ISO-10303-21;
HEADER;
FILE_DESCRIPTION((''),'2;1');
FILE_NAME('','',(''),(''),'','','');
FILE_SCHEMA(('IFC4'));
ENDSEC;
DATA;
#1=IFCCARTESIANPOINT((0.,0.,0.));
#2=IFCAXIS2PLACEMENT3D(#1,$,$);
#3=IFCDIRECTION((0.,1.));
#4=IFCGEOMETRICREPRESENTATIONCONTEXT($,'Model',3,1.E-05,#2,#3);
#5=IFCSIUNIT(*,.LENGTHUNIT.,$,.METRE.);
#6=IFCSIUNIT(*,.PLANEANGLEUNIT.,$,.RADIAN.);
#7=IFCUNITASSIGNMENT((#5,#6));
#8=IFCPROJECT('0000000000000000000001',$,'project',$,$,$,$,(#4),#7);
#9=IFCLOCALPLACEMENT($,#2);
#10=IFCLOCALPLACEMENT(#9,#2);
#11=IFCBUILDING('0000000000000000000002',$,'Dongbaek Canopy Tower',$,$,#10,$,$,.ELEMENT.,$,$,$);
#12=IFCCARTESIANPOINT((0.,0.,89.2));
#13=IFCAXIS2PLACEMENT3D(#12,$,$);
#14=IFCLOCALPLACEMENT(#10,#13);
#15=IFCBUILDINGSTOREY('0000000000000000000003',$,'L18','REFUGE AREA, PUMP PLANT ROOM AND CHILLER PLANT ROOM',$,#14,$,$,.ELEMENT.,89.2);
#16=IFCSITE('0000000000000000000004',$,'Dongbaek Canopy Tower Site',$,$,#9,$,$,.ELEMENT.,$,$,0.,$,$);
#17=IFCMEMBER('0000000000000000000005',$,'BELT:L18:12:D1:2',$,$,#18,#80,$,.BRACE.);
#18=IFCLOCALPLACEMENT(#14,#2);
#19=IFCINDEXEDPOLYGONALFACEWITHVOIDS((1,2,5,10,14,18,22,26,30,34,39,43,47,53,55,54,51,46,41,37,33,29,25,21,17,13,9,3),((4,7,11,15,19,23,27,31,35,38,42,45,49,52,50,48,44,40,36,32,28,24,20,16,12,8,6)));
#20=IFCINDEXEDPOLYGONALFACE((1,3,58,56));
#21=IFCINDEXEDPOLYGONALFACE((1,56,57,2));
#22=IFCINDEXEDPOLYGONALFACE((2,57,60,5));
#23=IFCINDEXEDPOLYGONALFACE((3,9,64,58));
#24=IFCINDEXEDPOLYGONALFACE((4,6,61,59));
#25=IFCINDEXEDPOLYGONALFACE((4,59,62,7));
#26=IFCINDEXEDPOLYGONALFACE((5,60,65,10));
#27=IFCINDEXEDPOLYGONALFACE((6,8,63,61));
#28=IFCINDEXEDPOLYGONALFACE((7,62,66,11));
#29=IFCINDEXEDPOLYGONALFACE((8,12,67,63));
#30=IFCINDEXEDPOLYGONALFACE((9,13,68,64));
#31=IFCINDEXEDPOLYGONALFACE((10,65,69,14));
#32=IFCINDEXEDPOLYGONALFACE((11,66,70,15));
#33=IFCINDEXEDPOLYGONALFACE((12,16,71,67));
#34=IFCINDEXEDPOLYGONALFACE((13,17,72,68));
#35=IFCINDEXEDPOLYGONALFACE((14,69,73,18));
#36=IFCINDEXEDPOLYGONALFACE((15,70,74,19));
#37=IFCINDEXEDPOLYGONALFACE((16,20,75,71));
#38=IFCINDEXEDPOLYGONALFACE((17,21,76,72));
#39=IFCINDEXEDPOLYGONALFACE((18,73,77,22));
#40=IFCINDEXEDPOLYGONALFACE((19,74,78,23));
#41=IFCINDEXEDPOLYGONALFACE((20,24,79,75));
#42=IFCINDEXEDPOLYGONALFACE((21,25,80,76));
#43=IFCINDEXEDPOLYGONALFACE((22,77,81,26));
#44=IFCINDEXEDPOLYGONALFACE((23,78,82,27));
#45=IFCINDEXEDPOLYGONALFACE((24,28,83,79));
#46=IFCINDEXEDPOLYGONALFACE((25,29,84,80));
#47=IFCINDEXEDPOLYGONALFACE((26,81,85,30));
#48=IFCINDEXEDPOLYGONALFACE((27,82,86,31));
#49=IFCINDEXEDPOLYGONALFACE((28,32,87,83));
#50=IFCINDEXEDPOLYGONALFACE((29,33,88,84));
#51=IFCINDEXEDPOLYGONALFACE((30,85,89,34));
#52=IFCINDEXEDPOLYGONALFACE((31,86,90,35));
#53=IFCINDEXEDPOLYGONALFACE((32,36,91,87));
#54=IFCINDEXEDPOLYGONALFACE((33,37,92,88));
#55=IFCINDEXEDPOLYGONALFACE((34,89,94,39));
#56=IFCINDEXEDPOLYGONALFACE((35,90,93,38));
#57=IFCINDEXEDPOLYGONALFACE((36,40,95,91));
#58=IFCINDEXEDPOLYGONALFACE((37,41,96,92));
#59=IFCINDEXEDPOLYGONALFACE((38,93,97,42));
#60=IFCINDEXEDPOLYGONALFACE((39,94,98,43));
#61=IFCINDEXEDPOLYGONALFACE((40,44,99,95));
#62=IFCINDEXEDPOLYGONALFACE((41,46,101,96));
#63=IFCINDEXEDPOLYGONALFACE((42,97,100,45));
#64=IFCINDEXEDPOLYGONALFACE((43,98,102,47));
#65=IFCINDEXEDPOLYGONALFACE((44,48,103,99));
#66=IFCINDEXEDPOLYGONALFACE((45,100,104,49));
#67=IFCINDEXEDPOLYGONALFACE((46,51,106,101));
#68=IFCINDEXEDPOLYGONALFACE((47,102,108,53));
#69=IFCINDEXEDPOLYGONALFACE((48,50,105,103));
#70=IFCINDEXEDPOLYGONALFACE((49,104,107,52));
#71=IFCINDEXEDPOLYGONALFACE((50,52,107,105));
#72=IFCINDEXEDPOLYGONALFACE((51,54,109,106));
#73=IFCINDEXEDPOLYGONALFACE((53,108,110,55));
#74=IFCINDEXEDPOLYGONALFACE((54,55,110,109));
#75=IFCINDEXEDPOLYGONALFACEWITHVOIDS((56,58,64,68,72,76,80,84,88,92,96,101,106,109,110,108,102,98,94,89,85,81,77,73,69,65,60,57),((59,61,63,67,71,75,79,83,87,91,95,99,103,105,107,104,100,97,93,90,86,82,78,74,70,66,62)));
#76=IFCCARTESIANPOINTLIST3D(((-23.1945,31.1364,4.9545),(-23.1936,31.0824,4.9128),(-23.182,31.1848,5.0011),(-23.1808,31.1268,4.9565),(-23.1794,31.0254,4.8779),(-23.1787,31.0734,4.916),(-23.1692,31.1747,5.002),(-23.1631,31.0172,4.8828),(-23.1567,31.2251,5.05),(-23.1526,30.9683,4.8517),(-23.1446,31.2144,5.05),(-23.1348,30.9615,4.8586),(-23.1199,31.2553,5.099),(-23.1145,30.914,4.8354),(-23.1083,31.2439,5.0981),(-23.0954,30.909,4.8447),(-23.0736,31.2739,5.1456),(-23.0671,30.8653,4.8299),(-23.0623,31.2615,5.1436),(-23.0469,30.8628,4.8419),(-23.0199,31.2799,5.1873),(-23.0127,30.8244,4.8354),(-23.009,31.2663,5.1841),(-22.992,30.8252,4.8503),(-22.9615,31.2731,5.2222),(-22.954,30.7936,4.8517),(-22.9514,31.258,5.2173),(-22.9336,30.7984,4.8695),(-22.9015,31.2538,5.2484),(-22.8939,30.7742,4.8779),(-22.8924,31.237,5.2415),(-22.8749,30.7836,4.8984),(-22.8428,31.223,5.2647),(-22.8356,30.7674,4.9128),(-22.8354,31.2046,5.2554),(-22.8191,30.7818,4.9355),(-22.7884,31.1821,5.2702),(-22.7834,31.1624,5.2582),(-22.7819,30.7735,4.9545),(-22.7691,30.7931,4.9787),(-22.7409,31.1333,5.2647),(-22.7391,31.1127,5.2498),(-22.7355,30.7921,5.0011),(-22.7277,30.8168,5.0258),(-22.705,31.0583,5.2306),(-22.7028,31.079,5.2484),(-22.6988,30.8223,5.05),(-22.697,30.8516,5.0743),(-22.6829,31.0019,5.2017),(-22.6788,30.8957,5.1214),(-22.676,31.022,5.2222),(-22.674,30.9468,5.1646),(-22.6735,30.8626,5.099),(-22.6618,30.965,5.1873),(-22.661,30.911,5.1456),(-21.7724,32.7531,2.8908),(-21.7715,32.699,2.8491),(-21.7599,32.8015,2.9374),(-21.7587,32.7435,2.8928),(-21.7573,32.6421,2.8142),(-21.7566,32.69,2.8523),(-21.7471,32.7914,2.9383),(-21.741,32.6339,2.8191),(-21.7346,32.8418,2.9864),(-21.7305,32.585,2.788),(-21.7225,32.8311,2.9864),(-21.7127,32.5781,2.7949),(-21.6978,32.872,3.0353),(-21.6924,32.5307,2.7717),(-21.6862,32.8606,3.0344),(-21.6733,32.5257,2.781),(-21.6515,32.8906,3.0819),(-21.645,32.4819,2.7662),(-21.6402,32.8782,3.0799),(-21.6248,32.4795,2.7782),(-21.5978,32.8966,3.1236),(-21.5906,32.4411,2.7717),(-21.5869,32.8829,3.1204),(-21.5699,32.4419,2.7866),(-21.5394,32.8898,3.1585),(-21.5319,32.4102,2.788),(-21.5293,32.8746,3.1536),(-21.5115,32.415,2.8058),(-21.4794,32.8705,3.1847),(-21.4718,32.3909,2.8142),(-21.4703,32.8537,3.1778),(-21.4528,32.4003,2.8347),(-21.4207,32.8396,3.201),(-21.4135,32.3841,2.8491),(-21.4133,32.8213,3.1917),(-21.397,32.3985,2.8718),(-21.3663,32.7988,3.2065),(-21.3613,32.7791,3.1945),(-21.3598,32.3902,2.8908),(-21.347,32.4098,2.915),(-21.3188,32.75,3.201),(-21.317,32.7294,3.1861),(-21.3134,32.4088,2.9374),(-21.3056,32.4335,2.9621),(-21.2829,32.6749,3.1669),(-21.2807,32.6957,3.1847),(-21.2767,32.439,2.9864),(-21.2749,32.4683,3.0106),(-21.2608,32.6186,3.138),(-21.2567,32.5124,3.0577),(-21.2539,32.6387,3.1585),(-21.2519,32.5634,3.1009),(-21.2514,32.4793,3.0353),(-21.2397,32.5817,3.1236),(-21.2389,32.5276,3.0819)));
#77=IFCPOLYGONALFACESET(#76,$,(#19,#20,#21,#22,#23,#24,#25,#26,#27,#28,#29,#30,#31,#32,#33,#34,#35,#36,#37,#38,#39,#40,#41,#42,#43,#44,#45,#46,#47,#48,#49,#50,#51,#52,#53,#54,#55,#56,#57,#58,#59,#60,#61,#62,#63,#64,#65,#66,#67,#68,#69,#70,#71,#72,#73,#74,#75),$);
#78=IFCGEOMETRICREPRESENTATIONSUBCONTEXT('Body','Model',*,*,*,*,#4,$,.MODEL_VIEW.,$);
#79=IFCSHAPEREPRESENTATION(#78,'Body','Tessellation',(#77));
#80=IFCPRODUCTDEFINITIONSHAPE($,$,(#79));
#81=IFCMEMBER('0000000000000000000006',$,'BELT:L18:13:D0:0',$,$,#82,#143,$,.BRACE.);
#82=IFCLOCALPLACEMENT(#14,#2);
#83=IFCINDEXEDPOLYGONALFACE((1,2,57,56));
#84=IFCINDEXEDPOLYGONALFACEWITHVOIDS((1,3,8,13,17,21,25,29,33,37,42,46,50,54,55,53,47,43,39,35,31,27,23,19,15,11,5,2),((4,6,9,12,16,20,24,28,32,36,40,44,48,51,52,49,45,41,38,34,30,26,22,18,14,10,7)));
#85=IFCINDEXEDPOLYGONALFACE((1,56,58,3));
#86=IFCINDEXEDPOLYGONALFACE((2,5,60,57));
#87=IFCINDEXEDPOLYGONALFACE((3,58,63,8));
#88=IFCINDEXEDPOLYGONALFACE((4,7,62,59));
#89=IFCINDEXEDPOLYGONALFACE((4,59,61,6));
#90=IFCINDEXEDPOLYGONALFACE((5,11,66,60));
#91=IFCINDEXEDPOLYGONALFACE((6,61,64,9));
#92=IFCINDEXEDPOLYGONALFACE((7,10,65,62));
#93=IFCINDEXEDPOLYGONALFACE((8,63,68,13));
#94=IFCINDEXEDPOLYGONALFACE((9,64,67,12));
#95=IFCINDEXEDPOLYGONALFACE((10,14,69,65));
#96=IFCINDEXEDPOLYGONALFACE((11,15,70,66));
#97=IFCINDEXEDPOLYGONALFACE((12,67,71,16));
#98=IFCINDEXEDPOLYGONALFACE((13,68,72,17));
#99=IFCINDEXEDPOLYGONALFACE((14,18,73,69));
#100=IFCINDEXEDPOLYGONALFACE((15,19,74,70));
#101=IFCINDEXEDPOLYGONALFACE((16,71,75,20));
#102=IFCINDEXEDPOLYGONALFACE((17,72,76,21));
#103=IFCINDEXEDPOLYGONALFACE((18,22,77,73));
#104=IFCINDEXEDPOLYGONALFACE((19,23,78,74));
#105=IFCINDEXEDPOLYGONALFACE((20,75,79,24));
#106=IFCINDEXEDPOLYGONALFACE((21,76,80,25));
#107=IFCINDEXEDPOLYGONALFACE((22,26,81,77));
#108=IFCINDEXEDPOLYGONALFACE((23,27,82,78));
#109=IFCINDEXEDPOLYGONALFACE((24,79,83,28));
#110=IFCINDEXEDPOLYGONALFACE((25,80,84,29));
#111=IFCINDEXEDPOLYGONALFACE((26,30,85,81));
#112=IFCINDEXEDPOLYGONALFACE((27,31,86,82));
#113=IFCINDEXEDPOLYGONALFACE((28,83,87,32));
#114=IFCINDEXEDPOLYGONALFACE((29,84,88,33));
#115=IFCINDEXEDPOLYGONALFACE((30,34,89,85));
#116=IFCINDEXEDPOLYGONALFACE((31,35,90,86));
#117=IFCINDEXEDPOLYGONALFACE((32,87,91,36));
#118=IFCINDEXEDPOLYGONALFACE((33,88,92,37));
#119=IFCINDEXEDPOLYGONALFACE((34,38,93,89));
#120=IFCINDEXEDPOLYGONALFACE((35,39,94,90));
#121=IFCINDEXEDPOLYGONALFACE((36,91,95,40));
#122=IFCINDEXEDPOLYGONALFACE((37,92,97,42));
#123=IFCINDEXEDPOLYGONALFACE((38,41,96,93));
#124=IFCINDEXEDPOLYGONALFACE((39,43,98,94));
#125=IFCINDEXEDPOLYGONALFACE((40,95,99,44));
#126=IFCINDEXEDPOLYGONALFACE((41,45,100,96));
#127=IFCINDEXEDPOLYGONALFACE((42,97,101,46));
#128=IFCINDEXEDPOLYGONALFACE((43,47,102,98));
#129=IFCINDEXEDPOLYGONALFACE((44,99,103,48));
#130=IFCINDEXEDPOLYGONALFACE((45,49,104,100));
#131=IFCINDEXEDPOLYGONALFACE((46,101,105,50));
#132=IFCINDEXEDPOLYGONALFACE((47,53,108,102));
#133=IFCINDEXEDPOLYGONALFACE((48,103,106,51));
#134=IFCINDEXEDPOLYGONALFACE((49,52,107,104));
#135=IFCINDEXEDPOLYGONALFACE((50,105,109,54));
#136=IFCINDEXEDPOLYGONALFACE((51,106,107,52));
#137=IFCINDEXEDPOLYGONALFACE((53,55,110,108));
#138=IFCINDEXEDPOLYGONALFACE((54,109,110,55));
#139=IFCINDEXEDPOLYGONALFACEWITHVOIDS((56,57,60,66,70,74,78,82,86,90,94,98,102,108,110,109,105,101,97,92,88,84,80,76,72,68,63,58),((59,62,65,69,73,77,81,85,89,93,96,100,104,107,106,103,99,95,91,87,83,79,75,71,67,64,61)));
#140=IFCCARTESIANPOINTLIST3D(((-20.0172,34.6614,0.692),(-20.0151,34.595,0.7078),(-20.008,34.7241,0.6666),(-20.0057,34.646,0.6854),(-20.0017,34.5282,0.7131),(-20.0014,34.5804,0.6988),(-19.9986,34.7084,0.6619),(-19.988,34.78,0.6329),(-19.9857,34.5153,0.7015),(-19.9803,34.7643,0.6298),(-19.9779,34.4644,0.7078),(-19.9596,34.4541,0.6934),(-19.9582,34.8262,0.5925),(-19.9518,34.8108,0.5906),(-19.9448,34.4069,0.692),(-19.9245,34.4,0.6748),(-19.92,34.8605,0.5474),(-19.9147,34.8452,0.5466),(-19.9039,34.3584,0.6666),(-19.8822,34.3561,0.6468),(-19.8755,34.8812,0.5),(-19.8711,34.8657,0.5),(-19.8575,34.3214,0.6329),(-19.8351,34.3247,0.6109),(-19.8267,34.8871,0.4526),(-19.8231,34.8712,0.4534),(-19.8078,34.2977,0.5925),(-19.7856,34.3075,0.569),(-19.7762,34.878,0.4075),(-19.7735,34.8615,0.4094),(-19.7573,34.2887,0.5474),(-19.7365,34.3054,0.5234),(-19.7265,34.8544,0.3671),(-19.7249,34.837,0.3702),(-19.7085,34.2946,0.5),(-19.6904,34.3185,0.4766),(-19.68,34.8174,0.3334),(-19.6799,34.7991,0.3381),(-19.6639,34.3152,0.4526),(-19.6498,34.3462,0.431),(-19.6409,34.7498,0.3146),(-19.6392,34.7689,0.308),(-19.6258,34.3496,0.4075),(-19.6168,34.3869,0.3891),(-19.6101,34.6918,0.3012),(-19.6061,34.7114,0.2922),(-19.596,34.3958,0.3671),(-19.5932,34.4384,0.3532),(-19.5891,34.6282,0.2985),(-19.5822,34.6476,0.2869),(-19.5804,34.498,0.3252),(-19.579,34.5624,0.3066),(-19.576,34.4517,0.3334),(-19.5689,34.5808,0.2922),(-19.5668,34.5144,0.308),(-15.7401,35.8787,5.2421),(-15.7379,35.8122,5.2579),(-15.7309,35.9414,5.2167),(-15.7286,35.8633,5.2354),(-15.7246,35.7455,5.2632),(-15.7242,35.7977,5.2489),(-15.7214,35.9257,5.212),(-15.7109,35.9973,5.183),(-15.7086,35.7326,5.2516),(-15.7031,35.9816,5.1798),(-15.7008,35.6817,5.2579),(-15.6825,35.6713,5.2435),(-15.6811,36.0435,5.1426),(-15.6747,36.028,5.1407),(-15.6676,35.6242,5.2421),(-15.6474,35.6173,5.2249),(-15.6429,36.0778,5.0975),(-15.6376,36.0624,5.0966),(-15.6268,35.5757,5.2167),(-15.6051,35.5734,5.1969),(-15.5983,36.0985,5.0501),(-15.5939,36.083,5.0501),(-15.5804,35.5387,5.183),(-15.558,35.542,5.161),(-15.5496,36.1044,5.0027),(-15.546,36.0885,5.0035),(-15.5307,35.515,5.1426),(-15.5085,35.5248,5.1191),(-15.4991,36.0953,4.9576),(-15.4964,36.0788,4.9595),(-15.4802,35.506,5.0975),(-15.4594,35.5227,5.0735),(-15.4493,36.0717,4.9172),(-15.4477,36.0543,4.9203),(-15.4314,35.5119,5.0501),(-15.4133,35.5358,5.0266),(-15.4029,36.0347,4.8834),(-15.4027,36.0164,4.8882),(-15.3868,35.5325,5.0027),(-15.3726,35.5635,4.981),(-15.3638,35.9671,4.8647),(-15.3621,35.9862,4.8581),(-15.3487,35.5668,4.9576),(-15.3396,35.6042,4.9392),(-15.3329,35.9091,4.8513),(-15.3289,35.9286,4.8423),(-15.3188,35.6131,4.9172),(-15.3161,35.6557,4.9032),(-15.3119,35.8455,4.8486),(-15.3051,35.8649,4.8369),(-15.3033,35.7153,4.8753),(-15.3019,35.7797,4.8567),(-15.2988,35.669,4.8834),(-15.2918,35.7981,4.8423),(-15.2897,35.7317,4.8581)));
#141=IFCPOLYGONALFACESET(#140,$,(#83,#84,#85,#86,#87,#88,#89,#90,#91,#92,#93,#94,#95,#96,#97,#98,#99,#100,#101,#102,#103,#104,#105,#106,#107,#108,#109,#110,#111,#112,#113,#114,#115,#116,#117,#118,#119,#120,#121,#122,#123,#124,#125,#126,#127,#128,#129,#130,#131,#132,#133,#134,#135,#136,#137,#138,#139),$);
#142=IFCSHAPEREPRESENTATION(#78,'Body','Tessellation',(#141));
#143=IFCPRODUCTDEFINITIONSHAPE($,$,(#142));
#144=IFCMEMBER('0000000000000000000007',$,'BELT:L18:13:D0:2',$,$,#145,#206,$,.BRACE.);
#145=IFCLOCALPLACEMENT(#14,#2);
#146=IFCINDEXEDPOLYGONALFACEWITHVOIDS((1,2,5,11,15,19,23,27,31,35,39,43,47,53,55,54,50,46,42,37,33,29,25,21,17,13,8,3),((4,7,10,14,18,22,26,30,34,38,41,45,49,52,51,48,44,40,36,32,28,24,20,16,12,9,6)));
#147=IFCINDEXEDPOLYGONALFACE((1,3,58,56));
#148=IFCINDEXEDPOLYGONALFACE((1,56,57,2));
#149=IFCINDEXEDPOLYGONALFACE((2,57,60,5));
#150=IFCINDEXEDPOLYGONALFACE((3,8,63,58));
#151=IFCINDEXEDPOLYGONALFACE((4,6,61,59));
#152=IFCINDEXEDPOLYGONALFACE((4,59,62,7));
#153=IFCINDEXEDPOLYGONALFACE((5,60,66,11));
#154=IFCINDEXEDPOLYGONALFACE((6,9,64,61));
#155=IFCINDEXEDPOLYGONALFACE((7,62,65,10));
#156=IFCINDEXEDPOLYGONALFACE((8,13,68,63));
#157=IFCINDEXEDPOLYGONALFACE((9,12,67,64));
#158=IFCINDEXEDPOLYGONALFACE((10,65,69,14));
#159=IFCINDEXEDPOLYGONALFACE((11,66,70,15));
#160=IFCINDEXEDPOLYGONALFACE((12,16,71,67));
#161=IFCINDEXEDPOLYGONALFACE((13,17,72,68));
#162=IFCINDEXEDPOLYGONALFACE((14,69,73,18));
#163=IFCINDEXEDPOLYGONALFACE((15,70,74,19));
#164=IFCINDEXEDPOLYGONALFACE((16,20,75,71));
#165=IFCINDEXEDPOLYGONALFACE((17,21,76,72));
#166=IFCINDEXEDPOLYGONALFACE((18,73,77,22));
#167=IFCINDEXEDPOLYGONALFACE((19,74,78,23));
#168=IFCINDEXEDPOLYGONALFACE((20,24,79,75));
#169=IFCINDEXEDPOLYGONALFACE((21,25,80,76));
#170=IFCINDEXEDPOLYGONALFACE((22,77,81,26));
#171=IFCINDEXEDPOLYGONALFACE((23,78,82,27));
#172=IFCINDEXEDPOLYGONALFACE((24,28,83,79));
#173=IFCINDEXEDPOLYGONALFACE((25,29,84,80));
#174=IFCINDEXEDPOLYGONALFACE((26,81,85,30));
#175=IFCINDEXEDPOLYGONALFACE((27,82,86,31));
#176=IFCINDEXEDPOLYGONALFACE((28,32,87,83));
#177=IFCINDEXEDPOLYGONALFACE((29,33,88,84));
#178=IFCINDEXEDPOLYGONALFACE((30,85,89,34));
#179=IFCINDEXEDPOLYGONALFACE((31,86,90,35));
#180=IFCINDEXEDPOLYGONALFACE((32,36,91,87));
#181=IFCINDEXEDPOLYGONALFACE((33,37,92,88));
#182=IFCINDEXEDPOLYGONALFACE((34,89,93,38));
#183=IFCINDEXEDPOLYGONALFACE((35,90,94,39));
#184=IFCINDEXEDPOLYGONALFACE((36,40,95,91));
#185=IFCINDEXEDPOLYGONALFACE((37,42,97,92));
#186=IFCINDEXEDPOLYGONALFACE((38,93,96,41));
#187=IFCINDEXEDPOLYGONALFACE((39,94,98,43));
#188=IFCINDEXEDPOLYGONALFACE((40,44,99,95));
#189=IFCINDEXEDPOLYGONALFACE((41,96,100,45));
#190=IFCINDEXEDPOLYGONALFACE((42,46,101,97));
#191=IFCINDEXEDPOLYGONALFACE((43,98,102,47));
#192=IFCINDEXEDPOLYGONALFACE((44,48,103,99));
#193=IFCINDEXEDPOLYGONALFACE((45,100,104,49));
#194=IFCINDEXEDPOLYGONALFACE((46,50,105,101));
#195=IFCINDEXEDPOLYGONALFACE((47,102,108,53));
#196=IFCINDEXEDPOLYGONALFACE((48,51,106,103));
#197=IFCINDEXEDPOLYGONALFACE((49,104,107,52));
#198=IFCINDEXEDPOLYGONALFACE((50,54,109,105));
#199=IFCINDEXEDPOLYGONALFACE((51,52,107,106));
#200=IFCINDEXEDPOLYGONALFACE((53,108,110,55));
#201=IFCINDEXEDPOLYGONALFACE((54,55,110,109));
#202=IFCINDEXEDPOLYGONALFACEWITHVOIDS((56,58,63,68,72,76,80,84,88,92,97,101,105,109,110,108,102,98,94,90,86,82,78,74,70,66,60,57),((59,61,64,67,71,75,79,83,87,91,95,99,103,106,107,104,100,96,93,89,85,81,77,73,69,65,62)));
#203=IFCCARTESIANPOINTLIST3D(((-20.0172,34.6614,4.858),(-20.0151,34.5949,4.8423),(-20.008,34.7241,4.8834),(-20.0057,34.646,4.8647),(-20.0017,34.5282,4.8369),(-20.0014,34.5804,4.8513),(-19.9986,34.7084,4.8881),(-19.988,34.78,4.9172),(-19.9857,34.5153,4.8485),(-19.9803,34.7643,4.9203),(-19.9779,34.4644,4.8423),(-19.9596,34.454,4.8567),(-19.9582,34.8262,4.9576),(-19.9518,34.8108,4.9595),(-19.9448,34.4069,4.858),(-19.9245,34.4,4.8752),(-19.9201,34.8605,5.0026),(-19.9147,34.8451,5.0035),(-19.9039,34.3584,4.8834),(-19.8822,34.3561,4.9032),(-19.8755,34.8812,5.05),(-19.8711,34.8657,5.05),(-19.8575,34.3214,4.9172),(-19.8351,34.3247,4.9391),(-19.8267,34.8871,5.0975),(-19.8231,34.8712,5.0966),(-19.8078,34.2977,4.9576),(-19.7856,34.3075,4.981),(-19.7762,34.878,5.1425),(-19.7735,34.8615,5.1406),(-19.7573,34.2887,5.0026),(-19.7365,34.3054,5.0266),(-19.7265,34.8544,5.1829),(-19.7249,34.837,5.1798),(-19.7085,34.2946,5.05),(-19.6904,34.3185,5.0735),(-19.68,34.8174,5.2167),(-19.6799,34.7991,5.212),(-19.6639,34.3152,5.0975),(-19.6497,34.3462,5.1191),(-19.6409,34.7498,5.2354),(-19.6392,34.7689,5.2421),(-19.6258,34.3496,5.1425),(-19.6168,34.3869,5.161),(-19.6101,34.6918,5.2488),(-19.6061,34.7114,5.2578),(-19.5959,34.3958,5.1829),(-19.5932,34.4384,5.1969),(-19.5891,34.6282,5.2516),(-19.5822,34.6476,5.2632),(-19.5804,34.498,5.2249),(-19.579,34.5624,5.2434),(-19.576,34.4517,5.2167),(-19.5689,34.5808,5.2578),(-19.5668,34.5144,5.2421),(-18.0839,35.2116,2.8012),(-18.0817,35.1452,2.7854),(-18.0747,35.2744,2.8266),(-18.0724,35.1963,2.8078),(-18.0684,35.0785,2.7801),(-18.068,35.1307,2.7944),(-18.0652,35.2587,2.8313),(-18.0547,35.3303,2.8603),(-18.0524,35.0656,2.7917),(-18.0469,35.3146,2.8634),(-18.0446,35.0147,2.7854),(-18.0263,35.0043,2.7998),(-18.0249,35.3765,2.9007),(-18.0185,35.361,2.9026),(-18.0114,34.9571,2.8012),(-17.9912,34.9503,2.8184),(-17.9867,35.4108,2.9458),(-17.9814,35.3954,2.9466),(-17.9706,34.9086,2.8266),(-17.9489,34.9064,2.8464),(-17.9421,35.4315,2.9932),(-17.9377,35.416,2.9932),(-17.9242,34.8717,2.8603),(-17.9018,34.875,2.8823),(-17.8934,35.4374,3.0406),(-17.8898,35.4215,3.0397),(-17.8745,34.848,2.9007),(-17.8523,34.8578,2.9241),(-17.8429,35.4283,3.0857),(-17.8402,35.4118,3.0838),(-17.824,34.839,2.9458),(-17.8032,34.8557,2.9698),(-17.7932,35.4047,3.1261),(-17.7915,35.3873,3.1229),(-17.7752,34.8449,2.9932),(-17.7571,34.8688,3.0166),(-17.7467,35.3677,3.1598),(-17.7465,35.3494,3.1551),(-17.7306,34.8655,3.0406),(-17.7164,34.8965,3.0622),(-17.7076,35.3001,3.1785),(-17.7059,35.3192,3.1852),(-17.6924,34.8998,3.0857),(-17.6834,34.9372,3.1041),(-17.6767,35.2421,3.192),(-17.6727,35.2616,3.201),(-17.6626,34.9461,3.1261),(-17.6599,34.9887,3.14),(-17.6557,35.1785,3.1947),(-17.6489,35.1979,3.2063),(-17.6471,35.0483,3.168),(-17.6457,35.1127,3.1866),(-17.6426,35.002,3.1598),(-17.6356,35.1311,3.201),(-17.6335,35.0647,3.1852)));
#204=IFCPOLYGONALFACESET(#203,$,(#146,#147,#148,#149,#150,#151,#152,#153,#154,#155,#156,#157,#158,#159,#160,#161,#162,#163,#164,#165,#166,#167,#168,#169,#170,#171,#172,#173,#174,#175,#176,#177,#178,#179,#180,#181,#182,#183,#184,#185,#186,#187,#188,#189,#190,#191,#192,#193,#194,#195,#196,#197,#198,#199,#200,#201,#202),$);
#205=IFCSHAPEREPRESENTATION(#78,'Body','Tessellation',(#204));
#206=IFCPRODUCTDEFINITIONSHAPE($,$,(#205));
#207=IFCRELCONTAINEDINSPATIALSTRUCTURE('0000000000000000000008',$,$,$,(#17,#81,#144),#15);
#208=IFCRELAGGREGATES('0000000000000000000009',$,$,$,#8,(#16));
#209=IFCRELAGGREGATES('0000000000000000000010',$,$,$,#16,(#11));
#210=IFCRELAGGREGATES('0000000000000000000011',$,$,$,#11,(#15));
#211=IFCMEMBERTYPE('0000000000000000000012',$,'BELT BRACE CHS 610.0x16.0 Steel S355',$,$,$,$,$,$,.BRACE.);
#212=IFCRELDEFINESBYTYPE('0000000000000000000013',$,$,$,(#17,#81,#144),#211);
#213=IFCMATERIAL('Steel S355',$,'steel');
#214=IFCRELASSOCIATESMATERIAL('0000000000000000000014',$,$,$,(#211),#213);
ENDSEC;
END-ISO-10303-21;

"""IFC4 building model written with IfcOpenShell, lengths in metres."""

from ifc_helpers import new_model, si_unit, direction, frame, origin, origin_2d, place, context, subcontext, project, spatial, hollow_circle, extrude, material, material_profile, profile_set, type_object, element, save


model = new_model("IFC4")

# Units and contexts
model_context = context("Model", 3, precision=1e-05, world=origin(), true_north=direction((0.0, 1.0)))
body_context = subcontext(model_context, "Body", "Model", "MODEL_VIEW")
ifc_project = project(units=[si_unit("LENGTHUNIT", "METRE"), si_unit("PLANEANGLEUNIT", "RADIAN")], contexts=[model_context])

# Site, building, storey
site_placement = place(None, origin())
site = spatial("IfcSite", under=ifc_project, at=site_placement, Name="Dongbaek Canopy Tower Site", CompositionType="ELEMENT", RefElevation=0.0)
building_placement = place(site_placement, origin())
building = spatial("IfcBuilding", under=site, at=building_placement, Name="Dongbaek Canopy Tower", CompositionType="ELEMENT")
storey_placement = place(building_placement, frame((0.0, 0.0, 89.2)))
storey = spatial("IfcBuildingStorey", under=building, at=storey_placement, Name="L18", Description="REFUGE AREA, PUMP PLANT ROOM AND CHILLER PLANT ROOM", CompositionType="ELEMENT", Elevation=89.2)

# Members
ifc_material_1 = material(Name="Steel S355", Category="steel")
ifc_material_profile_1 = material_profile(ifc_material_1, hollow_circle(Radius=0.3049, WallThickness=0.0161, at=origin_2d()), Name="BELT BRACE CHS 610.0x16.0 Steel S355")
ifc_profile_set_1 = profile_set([ifc_material_profile_1], Name="Steel S355")
member_type_1 = type_object("IfcMemberType", Name="BELT BRACE CHS 610.0x16.0 Steel S355", PredefinedType="BRACE", material=ifc_profile_set_1)
member_1_placement = place(storey_placement, frame((-22.9277, 31.0237, 5.05), z_axis=(0.476827, 0.542069, -0.691952), x_axis=(-0.750846, 0.660477, 0.0)))
element("IfcMember", 1, at=member_1_placement, inside=storey, type_object=member_type_1, Name="BELT:L18:12:D1:2", PredefinedType="BRACE", context=body_context, shape_type="SweptSolid", body=[
    extrude(hollow_circle(Radius=0.3049, WallThickness=0.0161, at=origin_2d()), origin(), (0.0, 0.0, 1.0), 2.9824),
])
member_2_placement = place(storey_placement, frame((-19.792, 34.5879, 0.5), z_axis=(0.672261, 0.191329, 0.715163), x_axis=(-0.273735, 0.961805, 0.0)))
element("IfcMember", 2, at=member_2_placement, inside=storey, type_object=member_type_1, Name="BELT:L18:13:D0:0", PredefinedType="BRACE", context=body_context, shape_type="SweptSolid", body=[
    extrude(hollow_circle(Radius=0.3049, WallThickness=0.0161, at=origin_2d()), origin(), (0.0, 0.0, 1.0), 6.3623),
])
member_3_placement = place(storey_placement, frame((-19.792, 34.5879, 5.05), z_axis=(0.672233, 0.191339, -0.715187), x_axis=(-0.273759, 0.961798, 0.0)))
element("IfcMember", 3, at=member_3_placement, inside=storey, type_object=member_type_1, Name="BELT:L18:13:D0:2", PredefinedType="BRACE", context=body_context, shape_type="SweptSolid", body=[
    extrude(hollow_circle(Radius=0.3049, WallThickness=0.0161, at=origin_2d()), origin(), (0.0, 0.0, 1.0), 2.876),
])

save(model, "model.ifc")
